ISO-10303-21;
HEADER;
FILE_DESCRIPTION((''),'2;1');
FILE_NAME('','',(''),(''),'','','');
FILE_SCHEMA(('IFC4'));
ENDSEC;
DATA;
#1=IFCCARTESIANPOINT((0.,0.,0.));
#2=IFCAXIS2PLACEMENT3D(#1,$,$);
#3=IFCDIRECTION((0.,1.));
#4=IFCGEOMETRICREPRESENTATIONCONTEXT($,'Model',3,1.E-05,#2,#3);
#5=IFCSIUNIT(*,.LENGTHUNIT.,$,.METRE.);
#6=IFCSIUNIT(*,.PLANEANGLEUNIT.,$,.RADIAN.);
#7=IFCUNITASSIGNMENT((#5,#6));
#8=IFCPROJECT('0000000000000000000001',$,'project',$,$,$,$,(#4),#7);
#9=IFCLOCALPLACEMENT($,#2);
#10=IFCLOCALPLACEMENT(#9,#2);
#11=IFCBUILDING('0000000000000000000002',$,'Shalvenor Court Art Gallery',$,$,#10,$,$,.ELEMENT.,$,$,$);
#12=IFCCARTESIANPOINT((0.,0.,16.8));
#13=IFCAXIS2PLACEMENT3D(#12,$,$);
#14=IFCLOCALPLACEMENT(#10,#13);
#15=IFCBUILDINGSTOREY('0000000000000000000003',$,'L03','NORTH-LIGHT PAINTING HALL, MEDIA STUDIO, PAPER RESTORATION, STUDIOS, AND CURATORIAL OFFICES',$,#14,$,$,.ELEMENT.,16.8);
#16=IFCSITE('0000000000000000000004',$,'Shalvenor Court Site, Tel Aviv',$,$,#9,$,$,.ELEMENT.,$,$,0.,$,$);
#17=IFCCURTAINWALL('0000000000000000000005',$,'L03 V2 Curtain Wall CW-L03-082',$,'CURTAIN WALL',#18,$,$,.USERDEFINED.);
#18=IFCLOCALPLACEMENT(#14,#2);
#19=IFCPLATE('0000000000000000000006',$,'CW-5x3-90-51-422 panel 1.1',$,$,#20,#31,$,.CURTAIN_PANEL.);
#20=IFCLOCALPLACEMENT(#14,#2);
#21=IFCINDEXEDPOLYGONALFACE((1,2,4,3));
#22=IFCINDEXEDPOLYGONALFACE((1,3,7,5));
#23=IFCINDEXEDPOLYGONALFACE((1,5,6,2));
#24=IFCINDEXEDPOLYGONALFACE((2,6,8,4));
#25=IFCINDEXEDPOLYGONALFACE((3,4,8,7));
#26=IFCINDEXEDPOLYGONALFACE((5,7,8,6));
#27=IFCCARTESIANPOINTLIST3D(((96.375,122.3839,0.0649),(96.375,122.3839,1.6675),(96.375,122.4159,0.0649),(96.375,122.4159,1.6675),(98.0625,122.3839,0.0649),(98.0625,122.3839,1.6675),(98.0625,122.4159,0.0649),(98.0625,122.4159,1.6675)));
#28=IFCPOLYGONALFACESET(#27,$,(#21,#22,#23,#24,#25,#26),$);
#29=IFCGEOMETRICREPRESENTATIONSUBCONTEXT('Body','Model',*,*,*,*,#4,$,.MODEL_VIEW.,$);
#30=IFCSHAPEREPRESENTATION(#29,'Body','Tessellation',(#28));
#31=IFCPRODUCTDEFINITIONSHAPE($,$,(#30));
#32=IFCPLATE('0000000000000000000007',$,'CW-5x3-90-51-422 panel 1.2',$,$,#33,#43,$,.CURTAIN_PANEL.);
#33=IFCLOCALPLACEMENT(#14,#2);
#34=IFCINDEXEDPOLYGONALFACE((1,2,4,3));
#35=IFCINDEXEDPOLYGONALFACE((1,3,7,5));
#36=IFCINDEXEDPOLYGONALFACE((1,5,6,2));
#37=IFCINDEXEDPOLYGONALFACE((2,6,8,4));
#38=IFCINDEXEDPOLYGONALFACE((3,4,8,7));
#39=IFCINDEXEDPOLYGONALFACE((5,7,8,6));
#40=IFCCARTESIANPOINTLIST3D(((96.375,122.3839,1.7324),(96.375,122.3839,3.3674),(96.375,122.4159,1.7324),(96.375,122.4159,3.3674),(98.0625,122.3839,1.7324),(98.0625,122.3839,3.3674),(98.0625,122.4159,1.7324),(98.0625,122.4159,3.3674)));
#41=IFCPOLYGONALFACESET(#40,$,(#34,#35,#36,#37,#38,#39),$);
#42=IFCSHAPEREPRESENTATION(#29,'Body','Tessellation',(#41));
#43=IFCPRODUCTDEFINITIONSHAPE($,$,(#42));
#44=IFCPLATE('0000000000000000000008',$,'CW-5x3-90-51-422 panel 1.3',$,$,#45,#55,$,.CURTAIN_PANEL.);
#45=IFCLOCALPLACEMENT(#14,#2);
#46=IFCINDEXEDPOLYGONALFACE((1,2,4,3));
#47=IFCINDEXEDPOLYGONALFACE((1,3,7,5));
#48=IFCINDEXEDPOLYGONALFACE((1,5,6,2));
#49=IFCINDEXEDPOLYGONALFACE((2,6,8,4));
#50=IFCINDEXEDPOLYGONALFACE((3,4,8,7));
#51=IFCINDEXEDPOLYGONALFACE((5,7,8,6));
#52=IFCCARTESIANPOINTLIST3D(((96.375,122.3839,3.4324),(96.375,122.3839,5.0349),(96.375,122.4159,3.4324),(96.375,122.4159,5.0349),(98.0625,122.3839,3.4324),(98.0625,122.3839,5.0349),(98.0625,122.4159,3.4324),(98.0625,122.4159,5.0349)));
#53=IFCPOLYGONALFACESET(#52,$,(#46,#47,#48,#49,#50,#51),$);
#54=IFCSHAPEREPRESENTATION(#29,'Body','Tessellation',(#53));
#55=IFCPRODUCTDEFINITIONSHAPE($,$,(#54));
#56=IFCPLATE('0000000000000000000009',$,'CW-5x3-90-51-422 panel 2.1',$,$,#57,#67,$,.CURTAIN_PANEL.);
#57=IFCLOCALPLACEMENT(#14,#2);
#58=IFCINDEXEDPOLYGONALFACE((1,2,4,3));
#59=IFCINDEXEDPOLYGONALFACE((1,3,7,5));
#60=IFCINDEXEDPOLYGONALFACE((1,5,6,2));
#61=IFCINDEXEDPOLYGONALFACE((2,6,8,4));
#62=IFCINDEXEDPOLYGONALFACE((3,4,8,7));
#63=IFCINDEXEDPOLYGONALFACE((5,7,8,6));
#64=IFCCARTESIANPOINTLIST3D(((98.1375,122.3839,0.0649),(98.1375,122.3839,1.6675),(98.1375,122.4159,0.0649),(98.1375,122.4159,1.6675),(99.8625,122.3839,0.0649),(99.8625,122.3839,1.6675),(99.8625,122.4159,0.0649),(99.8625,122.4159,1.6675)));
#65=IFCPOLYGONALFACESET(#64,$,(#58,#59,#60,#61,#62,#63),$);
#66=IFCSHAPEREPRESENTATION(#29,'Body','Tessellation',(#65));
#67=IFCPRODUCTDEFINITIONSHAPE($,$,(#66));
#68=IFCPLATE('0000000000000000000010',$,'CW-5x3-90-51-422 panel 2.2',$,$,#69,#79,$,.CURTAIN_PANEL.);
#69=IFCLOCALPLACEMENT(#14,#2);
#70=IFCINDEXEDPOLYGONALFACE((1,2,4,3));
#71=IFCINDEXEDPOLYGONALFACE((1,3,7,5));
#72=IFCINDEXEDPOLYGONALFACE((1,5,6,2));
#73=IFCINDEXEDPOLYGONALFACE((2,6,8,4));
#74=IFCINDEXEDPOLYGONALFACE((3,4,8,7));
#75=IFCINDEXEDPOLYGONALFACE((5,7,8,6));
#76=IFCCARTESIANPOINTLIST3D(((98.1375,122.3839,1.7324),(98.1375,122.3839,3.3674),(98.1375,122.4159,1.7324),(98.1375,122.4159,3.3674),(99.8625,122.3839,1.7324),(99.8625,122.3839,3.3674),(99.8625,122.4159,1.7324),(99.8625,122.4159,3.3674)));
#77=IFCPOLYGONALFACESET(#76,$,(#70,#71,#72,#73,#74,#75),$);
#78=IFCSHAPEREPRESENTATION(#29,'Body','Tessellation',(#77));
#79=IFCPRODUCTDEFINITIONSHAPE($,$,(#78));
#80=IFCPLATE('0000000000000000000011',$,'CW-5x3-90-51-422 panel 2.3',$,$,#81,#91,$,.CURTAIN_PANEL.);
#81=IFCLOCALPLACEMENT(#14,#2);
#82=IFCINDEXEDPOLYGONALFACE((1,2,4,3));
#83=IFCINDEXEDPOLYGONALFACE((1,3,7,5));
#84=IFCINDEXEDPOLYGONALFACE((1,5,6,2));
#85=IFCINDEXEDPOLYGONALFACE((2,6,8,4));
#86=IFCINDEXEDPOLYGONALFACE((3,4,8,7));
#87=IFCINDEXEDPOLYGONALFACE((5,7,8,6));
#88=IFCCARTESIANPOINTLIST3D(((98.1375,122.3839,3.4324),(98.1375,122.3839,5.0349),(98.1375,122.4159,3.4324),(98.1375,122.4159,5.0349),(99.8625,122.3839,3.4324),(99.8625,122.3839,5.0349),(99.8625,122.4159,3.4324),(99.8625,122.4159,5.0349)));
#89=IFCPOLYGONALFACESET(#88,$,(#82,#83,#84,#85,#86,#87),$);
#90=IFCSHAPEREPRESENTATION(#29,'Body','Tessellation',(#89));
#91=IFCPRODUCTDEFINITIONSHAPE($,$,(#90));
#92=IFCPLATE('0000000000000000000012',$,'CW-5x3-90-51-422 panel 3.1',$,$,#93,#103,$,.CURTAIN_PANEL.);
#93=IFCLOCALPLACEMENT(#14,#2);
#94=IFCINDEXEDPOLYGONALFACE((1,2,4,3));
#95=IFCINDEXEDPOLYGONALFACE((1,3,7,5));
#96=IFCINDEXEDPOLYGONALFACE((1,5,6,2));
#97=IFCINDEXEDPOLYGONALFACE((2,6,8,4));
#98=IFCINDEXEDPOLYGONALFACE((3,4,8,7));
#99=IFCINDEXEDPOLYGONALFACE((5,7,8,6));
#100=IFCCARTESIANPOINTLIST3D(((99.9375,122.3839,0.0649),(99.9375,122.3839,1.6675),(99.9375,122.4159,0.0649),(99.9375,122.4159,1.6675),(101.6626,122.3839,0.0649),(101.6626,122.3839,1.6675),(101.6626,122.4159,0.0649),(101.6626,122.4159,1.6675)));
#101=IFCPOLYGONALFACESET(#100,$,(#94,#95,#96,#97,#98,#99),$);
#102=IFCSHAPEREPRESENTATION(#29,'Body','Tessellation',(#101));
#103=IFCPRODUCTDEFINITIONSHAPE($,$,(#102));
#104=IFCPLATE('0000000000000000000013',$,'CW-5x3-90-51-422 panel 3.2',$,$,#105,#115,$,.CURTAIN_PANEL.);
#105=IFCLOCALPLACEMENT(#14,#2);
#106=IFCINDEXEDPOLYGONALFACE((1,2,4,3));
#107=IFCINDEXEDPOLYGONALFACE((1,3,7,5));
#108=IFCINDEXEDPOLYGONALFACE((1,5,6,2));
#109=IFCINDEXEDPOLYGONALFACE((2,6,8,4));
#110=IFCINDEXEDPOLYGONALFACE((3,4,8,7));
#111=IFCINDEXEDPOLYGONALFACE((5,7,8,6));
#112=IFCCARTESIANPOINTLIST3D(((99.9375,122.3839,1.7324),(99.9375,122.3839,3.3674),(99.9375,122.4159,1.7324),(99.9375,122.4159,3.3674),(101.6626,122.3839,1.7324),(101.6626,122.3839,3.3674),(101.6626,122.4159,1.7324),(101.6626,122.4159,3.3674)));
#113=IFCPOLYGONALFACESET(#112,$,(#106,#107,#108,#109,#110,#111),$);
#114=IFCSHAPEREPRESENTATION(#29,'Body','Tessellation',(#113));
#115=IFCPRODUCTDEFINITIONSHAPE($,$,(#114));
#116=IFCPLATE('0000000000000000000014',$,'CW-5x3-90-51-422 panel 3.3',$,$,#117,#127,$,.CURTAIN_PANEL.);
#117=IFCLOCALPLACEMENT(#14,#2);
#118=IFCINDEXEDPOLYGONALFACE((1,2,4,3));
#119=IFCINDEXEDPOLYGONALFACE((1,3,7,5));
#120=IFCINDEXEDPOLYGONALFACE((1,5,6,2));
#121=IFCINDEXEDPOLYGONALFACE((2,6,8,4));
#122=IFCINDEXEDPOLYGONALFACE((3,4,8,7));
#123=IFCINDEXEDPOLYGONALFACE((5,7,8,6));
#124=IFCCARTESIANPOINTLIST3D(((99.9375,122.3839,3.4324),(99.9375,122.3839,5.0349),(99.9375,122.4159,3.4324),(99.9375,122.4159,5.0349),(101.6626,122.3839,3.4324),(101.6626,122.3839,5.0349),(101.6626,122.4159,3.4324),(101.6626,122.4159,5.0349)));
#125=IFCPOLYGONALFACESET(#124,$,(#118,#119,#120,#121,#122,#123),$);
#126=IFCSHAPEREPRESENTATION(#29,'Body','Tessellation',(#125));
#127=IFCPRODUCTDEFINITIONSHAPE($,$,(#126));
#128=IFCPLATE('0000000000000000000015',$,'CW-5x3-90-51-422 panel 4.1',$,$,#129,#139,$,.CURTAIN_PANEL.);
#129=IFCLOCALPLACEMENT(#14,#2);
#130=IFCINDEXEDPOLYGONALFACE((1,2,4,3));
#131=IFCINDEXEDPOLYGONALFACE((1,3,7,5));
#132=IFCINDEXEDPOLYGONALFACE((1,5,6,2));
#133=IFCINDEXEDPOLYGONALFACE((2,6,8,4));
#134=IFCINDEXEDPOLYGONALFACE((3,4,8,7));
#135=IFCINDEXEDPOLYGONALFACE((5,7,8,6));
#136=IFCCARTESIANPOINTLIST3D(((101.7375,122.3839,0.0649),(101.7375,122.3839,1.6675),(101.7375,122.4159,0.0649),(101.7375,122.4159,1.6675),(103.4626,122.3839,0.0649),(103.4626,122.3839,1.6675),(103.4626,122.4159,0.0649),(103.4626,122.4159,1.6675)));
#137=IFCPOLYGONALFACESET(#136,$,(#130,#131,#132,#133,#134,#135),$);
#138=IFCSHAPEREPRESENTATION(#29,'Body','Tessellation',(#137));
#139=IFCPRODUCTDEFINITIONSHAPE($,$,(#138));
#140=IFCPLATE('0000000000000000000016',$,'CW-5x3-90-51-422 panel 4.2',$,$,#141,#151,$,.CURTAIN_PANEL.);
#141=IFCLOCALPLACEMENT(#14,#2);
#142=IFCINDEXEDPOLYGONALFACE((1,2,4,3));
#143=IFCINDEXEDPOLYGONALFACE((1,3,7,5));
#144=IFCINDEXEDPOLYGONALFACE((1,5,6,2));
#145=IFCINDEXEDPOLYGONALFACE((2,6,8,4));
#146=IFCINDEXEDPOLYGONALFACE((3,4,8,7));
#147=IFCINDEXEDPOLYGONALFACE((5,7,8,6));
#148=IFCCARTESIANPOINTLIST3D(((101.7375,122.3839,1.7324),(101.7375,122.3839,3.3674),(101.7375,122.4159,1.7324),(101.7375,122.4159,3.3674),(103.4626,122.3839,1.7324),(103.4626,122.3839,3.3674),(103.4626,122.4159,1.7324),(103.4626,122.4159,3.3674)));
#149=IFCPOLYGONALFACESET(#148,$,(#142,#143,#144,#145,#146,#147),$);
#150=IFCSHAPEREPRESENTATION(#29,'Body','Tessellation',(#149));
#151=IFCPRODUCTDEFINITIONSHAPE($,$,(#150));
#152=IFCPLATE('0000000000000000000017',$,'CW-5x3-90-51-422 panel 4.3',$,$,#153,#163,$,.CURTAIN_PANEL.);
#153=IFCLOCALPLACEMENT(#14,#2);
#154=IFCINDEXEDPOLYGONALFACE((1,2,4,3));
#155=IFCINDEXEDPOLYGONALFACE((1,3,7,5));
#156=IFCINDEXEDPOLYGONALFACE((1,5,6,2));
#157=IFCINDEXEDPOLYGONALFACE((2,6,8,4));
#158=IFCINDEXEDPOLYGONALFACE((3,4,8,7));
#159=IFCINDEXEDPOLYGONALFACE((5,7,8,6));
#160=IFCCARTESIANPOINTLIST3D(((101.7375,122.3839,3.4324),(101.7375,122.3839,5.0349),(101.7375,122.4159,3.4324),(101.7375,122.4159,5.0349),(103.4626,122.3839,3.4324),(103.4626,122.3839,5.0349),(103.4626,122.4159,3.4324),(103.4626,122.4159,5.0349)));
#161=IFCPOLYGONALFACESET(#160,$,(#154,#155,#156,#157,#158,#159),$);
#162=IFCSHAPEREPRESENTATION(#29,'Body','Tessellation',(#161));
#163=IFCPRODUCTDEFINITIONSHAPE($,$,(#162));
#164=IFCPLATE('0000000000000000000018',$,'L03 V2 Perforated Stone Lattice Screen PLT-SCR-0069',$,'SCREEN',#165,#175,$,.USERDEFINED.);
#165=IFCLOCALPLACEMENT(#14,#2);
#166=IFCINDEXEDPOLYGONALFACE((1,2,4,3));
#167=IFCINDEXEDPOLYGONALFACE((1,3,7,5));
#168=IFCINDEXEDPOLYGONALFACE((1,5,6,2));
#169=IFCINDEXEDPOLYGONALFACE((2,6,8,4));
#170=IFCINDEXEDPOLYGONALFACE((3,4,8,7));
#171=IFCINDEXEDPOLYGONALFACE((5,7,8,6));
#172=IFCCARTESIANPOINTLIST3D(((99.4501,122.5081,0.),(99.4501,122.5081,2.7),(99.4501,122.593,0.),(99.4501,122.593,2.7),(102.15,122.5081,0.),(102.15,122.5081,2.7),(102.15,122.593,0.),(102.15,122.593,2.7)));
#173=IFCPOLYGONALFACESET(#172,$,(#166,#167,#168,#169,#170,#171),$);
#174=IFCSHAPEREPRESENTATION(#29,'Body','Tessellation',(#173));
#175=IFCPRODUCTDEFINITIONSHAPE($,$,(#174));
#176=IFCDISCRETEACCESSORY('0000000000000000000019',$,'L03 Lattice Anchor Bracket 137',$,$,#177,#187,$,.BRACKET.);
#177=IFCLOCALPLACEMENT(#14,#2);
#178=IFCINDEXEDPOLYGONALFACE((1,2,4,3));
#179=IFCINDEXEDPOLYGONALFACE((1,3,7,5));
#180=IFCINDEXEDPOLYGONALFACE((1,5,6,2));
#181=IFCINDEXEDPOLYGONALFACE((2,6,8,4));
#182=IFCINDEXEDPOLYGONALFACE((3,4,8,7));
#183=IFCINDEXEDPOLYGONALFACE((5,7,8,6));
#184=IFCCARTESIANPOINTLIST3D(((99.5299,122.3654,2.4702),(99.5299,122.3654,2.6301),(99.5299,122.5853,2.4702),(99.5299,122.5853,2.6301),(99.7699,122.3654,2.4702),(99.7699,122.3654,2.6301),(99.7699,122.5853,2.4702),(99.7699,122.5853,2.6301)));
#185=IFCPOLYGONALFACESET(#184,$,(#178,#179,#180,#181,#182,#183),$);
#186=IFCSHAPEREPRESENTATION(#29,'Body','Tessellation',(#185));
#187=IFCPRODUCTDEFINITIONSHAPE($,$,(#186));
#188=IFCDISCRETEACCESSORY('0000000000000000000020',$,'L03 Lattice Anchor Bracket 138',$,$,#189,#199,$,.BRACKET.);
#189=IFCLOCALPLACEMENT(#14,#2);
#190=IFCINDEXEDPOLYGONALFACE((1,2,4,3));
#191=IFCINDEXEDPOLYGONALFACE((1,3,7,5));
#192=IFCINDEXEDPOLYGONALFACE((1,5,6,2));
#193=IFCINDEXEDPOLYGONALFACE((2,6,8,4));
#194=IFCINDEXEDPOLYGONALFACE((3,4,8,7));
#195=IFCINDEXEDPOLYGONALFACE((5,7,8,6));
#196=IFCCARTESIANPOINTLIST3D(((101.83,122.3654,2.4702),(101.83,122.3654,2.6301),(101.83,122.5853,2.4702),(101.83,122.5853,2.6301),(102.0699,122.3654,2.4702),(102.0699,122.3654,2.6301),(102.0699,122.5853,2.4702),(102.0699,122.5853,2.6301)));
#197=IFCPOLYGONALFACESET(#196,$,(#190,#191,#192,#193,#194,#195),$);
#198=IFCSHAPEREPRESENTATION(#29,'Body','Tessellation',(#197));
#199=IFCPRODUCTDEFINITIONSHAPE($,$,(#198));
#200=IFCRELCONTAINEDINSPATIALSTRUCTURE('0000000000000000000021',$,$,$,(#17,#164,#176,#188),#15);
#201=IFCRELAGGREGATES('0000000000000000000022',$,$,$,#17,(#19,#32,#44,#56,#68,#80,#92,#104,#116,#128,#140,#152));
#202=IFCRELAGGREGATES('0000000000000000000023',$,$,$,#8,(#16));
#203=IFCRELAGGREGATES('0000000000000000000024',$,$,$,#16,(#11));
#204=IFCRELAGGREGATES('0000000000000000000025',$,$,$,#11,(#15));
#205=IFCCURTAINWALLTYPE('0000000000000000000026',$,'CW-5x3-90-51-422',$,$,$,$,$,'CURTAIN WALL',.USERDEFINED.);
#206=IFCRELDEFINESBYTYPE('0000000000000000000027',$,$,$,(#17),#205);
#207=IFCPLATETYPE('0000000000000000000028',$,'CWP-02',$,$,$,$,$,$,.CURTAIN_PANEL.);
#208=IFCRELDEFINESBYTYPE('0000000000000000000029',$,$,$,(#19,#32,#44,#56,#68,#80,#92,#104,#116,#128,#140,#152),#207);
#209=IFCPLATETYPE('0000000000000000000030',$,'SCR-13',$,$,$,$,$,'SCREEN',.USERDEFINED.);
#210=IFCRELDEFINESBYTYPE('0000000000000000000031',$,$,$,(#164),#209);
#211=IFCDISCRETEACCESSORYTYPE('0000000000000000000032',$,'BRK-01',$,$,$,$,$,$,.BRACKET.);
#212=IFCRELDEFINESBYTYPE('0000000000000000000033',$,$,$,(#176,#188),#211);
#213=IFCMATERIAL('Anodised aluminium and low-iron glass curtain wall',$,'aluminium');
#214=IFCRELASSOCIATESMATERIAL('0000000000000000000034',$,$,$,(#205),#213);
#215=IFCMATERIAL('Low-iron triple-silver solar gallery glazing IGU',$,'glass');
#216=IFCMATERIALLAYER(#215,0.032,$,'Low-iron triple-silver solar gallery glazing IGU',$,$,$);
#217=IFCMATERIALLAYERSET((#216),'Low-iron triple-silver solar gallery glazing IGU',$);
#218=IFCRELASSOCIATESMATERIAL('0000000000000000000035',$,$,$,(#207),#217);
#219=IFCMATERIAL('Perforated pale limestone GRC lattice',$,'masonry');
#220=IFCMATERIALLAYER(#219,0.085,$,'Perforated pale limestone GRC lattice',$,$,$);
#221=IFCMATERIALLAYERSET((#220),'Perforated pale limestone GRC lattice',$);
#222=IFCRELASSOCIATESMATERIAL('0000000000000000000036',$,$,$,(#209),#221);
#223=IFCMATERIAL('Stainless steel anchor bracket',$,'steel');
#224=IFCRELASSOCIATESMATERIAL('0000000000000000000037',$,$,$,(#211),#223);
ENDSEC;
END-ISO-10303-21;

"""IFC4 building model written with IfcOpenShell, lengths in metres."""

from ifc_helpers import new_model, si_unit, direction, frame, origin, origin_2d, place, context, subcontext, project, spatial, rectangle, extrude, material, layer, layer_set, type_object, element, aggregate, save


model = new_model("IFC4")

# Units and contexts
model_context = context("Model", 3, precision=1e-05, world=origin(), true_north=direction((0.0, 1.0)))
body_context = subcontext(model_context, "Body", "Model", "MODEL_VIEW")
ifc_project = project(units=[si_unit("LENGTHUNIT", "METRE"), si_unit("PLANEANGLEUNIT", "RADIAN")], contexts=[model_context])

# Site, building, storey
site_placement = place(None, origin())
site = spatial("IfcSite", under=ifc_project, at=site_placement, Name="Shalvenor Court Site, Tel Aviv", CompositionType="ELEMENT", RefElevation=0.0)
building_placement = place(site_placement, origin())
building = spatial("IfcBuilding", under=site, at=building_placement, Name="Shalvenor Court Art Gallery", CompositionType="ELEMENT")
storey_placement = place(building_placement, frame((0.0, 0.0, 16.8)))
storey = spatial("IfcBuildingStorey", under=building, at=storey_placement, Name="L03", Description="NORTH-LIGHT PAINTING HALL, MEDIA STUDIO, PAPER RESTORATION, STUDIOS, AND CURATORIAL OFFICES", CompositionType="ELEMENT", Elevation=16.8)

# Curtain wall
ifc_material_1 = material(Name="Anodised aluminium and low-iron glass curtain wall", Category="aluminium")
curtain_wall_type = type_object("IfcCurtainWallType", Name="CW-5x3-90-51-422", ElementType="CURTAIN WALL", PredefinedType="USERDEFINED", material=ifc_material_1)
curtain_wall_placement = place(storey_placement, origin())
curtain_wall = element("IfcCurtainWall", 1, at=curtain_wall_placement, inside=storey, type_object=curtain_wall_type, Name="L03 V2 Curtain Wall CW-L03-082", ObjectType="CURTAIN WALL", PredefinedType="USERDEFINED")

# Plates
ifc_material_2 = material(Name="Low-iron triple-silver solar gallery glazing IGU", Category="glass")
ifc_layer_1 = layer(ifc_material_2, 0.032, Name="Low-iron triple-silver solar gallery glazing IGU")
ifc_layer_set_1 = layer_set([ifc_layer_1], Name="Low-iron triple-silver solar gallery glazing IGU")
plate_type_1 = type_object("IfcPlateType", Name="CWP-02", PredefinedType="CURTAIN_PANEL", material=ifc_layer_set_1)
plate_1_placement = place(storey_placement, frame((97.2188, 122.3999, 0.0649), z_axis=(0.0, 0.0, 1.0), x_axis=(1.0, 0.0, 0.0)))
plate_1 = element("IfcPlate", 2, at=plate_1_placement, type_object=plate_type_1, Name="CW-5x3-90-51-422 panel 1.1", PredefinedType="CURTAIN_PANEL", context=body_context, shape_type="SweptSolid", body=[
    extrude(rectangle(XDim=1.6875, YDim=0.032, at=origin_2d()), origin(), (0.0, 0.0, 1.0), 1.6025),
])
plate_2_placement = place(storey_placement, frame((97.2188, 122.3999, 1.7324), z_axis=(0.0, 0.0, 1.0), x_axis=(1.0, 0.0, 0.0)))
plate_2 = element("IfcPlate", 3, at=plate_2_placement, type_object=plate_type_1, Name="CW-5x3-90-51-422 panel 1.2", PredefinedType="CURTAIN_PANEL", context=body_context, shape_type="SweptSolid", body=[
    extrude(rectangle(XDim=1.6875, YDim=0.032, at=origin_2d()), origin(), (0.0, 0.0, 1.0), 1.635),
])
plate_3_placement = place(storey_placement, frame((97.2188, 122.3999, 3.4324), z_axis=(0.0, 0.0, 1.0), x_axis=(1.0, 0.0, 0.0)))
plate_3 = element("IfcPlate", 4, at=plate_3_placement, type_object=plate_type_1, Name="CW-5x3-90-51-422 panel 1.3", PredefinedType="CURTAIN_PANEL", context=body_context, shape_type="SweptSolid", body=[
    extrude(rectangle(XDim=1.6875, YDim=0.032, at=origin_2d()), origin(), (0.0, 0.0, 1.0), 1.6025),
])
plate_4_placement = place(storey_placement, frame((99.0, 122.3999, 0.0649), z_axis=(0.0, 0.0, 1.0), x_axis=(1.0, 0.0, 0.0)))
plate_4 = element("IfcPlate", 5, at=plate_4_placement, type_object=plate_type_1, Name="CW-5x3-90-51-422 panel 2.1", PredefinedType="CURTAIN_PANEL", context=body_context, shape_type="SweptSolid", body=[
    extrude(rectangle(XDim=1.7251, YDim=0.032, at=origin_2d()), origin(), (0.0, 0.0, 1.0), 1.6025),
])
plate_5_placement = place(storey_placement, frame((99.0, 122.3999, 1.7324), z_axis=(0.0, 0.0, 1.0), x_axis=(1.0, 0.0, 0.0)))
plate_5 = element("IfcPlate", 6, at=plate_5_placement, type_object=plate_type_1, Name="CW-5x3-90-51-422 panel 2.2", PredefinedType="CURTAIN_PANEL", context=body_context, shape_type="SweptSolid", body=[
    extrude(rectangle(XDim=1.7251, YDim=0.032, at=origin_2d()), origin(), (0.0, 0.0, 1.0), 1.635),
])
plate_6_placement = place(storey_placement, frame((99.0, 122.3999, 3.4324), z_axis=(0.0, 0.0, 1.0), x_axis=(1.0, 0.0, 0.0)))
plate_6 = element("IfcPlate", 7, at=plate_6_placement, type_object=plate_type_1, Name="CW-5x3-90-51-422 panel 2.3", PredefinedType="CURTAIN_PANEL", context=body_context, shape_type="SweptSolid", body=[
    extrude(rectangle(XDim=1.7251, YDim=0.032, at=origin_2d()), origin(), (0.0, 0.0, 1.0), 1.6025),
])
plate_7_placement = place(storey_placement, frame((100.8, 122.3999, 0.0649), z_axis=(0.0, 0.0, 1.0), x_axis=(1.0, 0.0, 0.0)))
plate_7 = element("IfcPlate", 8, at=plate_7_placement, type_object=plate_type_1, Name="CW-5x3-90-51-422 panel 3.1", PredefinedType="CURTAIN_PANEL", context=body_context, shape_type="SweptSolid", body=[
    extrude(rectangle(XDim=1.7251, YDim=0.032, at=origin_2d()), origin(), (0.0, 0.0, 1.0), 1.6025),
])
plate_8_placement = place(storey_placement, frame((100.8, 122.3999, 1.7324), z_axis=(0.0, 0.0, 1.0), x_axis=(1.0, 0.0, 0.0)))
plate_8 = element("IfcPlate", 9, at=plate_8_placement, type_object=plate_type_1, Name="CW-5x3-90-51-422 panel 3.2", PredefinedType="CURTAIN_PANEL", context=body_context, shape_type="SweptSolid", body=[
    extrude(rectangle(XDim=1.7251, YDim=0.032, at=origin_2d()), origin(), (0.0, 0.0, 1.0), 1.635),
])
plate_9_placement = place(storey_placement, frame((100.8, 122.3999, 3.4324), z_axis=(0.0, 0.0, 1.0), x_axis=(1.0, 0.0, 0.0)))
plate_9 = element("IfcPlate", 10, at=plate_9_placement, type_object=plate_type_1, Name="CW-5x3-90-51-422 panel 3.3", PredefinedType="CURTAIN_PANEL", context=body_context, shape_type="SweptSolid", body=[
    extrude(rectangle(XDim=1.7251, YDim=0.032, at=origin_2d()), origin(), (0.0, 0.0, 1.0), 1.6025),
])
plate_10_placement = place(storey_placement, frame((102.6001, 122.3999, 0.0649), z_axis=(0.0, 0.0, 1.0), x_axis=(1.0, 0.0, 0.0)))
plate_10 = element("IfcPlate", 11, at=plate_10_placement, type_object=plate_type_1, Name="CW-5x3-90-51-422 panel 4.1", PredefinedType="CURTAIN_PANEL", context=body_context, shape_type="SweptSolid", body=[
    extrude(rectangle(XDim=1.7251, YDim=0.032, at=origin_2d()), origin(), (0.0, 0.0, 1.0), 1.6025),
])
plate_11_placement = place(storey_placement, frame((102.6001, 122.3999, 1.7324), z_axis=(0.0, 0.0, 1.0), x_axis=(1.0, 0.0, 0.0)))
plate_11 = element("IfcPlate", 12, at=plate_11_placement, type_object=plate_type_1, Name="CW-5x3-90-51-422 panel 4.2", PredefinedType="CURTAIN_PANEL", context=body_context, shape_type="SweptSolid", body=[
    extrude(rectangle(XDim=1.7251, YDim=0.032, at=origin_2d()), origin(), (0.0, 0.0, 1.0), 1.635),
])
plate_12_placement = place(storey_placement, frame((102.6001, 122.3999, 3.4324), z_axis=(0.0, 0.0, 1.0), x_axis=(1.0, 0.0, 0.0)))
plate_12 = element("IfcPlate", 13, at=plate_12_placement, type_object=plate_type_1, Name="CW-5x3-90-51-422 panel 4.3", PredefinedType="CURTAIN_PANEL", context=body_context, shape_type="SweptSolid", body=[
    extrude(rectangle(XDim=1.7251, YDim=0.032, at=origin_2d()), origin(), (0.0, 0.0, 1.0), 1.6025),
])
aggregate(curtain_wall, [plate_1, plate_2, plate_3, plate_4, plate_5, plate_6, plate_7, plate_8, plate_9, plate_10, plate_11, plate_12])
ifc_material_3 = material(Name="Perforated pale limestone GRC lattice", Category="masonry")
ifc_layer_2 = layer(ifc_material_3, 0.085, Name="Perforated pale limestone GRC lattice")
ifc_layer_set_2 = layer_set([ifc_layer_2], Name="Perforated pale limestone GRC lattice")
plate_type_2 = type_object("IfcPlateType", Name="SCR-13", ElementType="SCREEN", PredefinedType="USERDEFINED", material=ifc_layer_set_2)
plate_13_placement = place(storey_placement, frame((100.8, 122.5505, 0.0), z_axis=(0.0, 0.0, 1.0), x_axis=(1.0, 0.0, 0.0)))
element("IfcPlate", 14, at=plate_13_placement, inside=storey, type_object=plate_type_2, Name="L03 V2 Perforated Stone Lattice Screen PLT-SCR-0069", ObjectType="SCREEN", PredefinedType="USERDEFINED", context=body_context, shape_type="SweptSolid", body=[
    extrude(rectangle(XDim=2.7, YDim=0.085, at=origin_2d()), origin(), (0.0, 0.0, 1.0), 2.7),
])

# Discrete accessories
ifc_material_4 = material(Name="Stainless steel anchor bracket", Category="steel")
discrete_accessory_type = type_object("IfcDiscreteAccessoryType", Name="BRK-01", PredefinedType="BRACKET", material=ifc_material_4)
for number, where, z_axis, x_axis, name in (
    (15, (99.6499, 122.4753, 2.4702), (0.0, 0.0, 1.0), (1.0, 0.0, 0.0), "L03 Lattice Anchor Bracket 137"),
    (16, (101.95, 122.4753, 2.4702), (0.0, 0.0, 1.0), (1.0, 0.0, 0.0), "L03 Lattice Anchor Bracket 138"),
):
    element("IfcDiscreteAccessory", number, at=place(storey_placement, frame(where, z_axis=z_axis, x_axis=x_axis)), inside=storey, type_object=discrete_accessory_type, Name=name, PredefinedType="BRACKET", context=body_context, shape_type="SweptSolid", body=[
        extrude(rectangle(XDim=0.24, YDim=0.22, at=origin_2d()), origin(), (0.0, 0.0, 1.0), 0.1599),
    ])

save(model, "model.ifc")
